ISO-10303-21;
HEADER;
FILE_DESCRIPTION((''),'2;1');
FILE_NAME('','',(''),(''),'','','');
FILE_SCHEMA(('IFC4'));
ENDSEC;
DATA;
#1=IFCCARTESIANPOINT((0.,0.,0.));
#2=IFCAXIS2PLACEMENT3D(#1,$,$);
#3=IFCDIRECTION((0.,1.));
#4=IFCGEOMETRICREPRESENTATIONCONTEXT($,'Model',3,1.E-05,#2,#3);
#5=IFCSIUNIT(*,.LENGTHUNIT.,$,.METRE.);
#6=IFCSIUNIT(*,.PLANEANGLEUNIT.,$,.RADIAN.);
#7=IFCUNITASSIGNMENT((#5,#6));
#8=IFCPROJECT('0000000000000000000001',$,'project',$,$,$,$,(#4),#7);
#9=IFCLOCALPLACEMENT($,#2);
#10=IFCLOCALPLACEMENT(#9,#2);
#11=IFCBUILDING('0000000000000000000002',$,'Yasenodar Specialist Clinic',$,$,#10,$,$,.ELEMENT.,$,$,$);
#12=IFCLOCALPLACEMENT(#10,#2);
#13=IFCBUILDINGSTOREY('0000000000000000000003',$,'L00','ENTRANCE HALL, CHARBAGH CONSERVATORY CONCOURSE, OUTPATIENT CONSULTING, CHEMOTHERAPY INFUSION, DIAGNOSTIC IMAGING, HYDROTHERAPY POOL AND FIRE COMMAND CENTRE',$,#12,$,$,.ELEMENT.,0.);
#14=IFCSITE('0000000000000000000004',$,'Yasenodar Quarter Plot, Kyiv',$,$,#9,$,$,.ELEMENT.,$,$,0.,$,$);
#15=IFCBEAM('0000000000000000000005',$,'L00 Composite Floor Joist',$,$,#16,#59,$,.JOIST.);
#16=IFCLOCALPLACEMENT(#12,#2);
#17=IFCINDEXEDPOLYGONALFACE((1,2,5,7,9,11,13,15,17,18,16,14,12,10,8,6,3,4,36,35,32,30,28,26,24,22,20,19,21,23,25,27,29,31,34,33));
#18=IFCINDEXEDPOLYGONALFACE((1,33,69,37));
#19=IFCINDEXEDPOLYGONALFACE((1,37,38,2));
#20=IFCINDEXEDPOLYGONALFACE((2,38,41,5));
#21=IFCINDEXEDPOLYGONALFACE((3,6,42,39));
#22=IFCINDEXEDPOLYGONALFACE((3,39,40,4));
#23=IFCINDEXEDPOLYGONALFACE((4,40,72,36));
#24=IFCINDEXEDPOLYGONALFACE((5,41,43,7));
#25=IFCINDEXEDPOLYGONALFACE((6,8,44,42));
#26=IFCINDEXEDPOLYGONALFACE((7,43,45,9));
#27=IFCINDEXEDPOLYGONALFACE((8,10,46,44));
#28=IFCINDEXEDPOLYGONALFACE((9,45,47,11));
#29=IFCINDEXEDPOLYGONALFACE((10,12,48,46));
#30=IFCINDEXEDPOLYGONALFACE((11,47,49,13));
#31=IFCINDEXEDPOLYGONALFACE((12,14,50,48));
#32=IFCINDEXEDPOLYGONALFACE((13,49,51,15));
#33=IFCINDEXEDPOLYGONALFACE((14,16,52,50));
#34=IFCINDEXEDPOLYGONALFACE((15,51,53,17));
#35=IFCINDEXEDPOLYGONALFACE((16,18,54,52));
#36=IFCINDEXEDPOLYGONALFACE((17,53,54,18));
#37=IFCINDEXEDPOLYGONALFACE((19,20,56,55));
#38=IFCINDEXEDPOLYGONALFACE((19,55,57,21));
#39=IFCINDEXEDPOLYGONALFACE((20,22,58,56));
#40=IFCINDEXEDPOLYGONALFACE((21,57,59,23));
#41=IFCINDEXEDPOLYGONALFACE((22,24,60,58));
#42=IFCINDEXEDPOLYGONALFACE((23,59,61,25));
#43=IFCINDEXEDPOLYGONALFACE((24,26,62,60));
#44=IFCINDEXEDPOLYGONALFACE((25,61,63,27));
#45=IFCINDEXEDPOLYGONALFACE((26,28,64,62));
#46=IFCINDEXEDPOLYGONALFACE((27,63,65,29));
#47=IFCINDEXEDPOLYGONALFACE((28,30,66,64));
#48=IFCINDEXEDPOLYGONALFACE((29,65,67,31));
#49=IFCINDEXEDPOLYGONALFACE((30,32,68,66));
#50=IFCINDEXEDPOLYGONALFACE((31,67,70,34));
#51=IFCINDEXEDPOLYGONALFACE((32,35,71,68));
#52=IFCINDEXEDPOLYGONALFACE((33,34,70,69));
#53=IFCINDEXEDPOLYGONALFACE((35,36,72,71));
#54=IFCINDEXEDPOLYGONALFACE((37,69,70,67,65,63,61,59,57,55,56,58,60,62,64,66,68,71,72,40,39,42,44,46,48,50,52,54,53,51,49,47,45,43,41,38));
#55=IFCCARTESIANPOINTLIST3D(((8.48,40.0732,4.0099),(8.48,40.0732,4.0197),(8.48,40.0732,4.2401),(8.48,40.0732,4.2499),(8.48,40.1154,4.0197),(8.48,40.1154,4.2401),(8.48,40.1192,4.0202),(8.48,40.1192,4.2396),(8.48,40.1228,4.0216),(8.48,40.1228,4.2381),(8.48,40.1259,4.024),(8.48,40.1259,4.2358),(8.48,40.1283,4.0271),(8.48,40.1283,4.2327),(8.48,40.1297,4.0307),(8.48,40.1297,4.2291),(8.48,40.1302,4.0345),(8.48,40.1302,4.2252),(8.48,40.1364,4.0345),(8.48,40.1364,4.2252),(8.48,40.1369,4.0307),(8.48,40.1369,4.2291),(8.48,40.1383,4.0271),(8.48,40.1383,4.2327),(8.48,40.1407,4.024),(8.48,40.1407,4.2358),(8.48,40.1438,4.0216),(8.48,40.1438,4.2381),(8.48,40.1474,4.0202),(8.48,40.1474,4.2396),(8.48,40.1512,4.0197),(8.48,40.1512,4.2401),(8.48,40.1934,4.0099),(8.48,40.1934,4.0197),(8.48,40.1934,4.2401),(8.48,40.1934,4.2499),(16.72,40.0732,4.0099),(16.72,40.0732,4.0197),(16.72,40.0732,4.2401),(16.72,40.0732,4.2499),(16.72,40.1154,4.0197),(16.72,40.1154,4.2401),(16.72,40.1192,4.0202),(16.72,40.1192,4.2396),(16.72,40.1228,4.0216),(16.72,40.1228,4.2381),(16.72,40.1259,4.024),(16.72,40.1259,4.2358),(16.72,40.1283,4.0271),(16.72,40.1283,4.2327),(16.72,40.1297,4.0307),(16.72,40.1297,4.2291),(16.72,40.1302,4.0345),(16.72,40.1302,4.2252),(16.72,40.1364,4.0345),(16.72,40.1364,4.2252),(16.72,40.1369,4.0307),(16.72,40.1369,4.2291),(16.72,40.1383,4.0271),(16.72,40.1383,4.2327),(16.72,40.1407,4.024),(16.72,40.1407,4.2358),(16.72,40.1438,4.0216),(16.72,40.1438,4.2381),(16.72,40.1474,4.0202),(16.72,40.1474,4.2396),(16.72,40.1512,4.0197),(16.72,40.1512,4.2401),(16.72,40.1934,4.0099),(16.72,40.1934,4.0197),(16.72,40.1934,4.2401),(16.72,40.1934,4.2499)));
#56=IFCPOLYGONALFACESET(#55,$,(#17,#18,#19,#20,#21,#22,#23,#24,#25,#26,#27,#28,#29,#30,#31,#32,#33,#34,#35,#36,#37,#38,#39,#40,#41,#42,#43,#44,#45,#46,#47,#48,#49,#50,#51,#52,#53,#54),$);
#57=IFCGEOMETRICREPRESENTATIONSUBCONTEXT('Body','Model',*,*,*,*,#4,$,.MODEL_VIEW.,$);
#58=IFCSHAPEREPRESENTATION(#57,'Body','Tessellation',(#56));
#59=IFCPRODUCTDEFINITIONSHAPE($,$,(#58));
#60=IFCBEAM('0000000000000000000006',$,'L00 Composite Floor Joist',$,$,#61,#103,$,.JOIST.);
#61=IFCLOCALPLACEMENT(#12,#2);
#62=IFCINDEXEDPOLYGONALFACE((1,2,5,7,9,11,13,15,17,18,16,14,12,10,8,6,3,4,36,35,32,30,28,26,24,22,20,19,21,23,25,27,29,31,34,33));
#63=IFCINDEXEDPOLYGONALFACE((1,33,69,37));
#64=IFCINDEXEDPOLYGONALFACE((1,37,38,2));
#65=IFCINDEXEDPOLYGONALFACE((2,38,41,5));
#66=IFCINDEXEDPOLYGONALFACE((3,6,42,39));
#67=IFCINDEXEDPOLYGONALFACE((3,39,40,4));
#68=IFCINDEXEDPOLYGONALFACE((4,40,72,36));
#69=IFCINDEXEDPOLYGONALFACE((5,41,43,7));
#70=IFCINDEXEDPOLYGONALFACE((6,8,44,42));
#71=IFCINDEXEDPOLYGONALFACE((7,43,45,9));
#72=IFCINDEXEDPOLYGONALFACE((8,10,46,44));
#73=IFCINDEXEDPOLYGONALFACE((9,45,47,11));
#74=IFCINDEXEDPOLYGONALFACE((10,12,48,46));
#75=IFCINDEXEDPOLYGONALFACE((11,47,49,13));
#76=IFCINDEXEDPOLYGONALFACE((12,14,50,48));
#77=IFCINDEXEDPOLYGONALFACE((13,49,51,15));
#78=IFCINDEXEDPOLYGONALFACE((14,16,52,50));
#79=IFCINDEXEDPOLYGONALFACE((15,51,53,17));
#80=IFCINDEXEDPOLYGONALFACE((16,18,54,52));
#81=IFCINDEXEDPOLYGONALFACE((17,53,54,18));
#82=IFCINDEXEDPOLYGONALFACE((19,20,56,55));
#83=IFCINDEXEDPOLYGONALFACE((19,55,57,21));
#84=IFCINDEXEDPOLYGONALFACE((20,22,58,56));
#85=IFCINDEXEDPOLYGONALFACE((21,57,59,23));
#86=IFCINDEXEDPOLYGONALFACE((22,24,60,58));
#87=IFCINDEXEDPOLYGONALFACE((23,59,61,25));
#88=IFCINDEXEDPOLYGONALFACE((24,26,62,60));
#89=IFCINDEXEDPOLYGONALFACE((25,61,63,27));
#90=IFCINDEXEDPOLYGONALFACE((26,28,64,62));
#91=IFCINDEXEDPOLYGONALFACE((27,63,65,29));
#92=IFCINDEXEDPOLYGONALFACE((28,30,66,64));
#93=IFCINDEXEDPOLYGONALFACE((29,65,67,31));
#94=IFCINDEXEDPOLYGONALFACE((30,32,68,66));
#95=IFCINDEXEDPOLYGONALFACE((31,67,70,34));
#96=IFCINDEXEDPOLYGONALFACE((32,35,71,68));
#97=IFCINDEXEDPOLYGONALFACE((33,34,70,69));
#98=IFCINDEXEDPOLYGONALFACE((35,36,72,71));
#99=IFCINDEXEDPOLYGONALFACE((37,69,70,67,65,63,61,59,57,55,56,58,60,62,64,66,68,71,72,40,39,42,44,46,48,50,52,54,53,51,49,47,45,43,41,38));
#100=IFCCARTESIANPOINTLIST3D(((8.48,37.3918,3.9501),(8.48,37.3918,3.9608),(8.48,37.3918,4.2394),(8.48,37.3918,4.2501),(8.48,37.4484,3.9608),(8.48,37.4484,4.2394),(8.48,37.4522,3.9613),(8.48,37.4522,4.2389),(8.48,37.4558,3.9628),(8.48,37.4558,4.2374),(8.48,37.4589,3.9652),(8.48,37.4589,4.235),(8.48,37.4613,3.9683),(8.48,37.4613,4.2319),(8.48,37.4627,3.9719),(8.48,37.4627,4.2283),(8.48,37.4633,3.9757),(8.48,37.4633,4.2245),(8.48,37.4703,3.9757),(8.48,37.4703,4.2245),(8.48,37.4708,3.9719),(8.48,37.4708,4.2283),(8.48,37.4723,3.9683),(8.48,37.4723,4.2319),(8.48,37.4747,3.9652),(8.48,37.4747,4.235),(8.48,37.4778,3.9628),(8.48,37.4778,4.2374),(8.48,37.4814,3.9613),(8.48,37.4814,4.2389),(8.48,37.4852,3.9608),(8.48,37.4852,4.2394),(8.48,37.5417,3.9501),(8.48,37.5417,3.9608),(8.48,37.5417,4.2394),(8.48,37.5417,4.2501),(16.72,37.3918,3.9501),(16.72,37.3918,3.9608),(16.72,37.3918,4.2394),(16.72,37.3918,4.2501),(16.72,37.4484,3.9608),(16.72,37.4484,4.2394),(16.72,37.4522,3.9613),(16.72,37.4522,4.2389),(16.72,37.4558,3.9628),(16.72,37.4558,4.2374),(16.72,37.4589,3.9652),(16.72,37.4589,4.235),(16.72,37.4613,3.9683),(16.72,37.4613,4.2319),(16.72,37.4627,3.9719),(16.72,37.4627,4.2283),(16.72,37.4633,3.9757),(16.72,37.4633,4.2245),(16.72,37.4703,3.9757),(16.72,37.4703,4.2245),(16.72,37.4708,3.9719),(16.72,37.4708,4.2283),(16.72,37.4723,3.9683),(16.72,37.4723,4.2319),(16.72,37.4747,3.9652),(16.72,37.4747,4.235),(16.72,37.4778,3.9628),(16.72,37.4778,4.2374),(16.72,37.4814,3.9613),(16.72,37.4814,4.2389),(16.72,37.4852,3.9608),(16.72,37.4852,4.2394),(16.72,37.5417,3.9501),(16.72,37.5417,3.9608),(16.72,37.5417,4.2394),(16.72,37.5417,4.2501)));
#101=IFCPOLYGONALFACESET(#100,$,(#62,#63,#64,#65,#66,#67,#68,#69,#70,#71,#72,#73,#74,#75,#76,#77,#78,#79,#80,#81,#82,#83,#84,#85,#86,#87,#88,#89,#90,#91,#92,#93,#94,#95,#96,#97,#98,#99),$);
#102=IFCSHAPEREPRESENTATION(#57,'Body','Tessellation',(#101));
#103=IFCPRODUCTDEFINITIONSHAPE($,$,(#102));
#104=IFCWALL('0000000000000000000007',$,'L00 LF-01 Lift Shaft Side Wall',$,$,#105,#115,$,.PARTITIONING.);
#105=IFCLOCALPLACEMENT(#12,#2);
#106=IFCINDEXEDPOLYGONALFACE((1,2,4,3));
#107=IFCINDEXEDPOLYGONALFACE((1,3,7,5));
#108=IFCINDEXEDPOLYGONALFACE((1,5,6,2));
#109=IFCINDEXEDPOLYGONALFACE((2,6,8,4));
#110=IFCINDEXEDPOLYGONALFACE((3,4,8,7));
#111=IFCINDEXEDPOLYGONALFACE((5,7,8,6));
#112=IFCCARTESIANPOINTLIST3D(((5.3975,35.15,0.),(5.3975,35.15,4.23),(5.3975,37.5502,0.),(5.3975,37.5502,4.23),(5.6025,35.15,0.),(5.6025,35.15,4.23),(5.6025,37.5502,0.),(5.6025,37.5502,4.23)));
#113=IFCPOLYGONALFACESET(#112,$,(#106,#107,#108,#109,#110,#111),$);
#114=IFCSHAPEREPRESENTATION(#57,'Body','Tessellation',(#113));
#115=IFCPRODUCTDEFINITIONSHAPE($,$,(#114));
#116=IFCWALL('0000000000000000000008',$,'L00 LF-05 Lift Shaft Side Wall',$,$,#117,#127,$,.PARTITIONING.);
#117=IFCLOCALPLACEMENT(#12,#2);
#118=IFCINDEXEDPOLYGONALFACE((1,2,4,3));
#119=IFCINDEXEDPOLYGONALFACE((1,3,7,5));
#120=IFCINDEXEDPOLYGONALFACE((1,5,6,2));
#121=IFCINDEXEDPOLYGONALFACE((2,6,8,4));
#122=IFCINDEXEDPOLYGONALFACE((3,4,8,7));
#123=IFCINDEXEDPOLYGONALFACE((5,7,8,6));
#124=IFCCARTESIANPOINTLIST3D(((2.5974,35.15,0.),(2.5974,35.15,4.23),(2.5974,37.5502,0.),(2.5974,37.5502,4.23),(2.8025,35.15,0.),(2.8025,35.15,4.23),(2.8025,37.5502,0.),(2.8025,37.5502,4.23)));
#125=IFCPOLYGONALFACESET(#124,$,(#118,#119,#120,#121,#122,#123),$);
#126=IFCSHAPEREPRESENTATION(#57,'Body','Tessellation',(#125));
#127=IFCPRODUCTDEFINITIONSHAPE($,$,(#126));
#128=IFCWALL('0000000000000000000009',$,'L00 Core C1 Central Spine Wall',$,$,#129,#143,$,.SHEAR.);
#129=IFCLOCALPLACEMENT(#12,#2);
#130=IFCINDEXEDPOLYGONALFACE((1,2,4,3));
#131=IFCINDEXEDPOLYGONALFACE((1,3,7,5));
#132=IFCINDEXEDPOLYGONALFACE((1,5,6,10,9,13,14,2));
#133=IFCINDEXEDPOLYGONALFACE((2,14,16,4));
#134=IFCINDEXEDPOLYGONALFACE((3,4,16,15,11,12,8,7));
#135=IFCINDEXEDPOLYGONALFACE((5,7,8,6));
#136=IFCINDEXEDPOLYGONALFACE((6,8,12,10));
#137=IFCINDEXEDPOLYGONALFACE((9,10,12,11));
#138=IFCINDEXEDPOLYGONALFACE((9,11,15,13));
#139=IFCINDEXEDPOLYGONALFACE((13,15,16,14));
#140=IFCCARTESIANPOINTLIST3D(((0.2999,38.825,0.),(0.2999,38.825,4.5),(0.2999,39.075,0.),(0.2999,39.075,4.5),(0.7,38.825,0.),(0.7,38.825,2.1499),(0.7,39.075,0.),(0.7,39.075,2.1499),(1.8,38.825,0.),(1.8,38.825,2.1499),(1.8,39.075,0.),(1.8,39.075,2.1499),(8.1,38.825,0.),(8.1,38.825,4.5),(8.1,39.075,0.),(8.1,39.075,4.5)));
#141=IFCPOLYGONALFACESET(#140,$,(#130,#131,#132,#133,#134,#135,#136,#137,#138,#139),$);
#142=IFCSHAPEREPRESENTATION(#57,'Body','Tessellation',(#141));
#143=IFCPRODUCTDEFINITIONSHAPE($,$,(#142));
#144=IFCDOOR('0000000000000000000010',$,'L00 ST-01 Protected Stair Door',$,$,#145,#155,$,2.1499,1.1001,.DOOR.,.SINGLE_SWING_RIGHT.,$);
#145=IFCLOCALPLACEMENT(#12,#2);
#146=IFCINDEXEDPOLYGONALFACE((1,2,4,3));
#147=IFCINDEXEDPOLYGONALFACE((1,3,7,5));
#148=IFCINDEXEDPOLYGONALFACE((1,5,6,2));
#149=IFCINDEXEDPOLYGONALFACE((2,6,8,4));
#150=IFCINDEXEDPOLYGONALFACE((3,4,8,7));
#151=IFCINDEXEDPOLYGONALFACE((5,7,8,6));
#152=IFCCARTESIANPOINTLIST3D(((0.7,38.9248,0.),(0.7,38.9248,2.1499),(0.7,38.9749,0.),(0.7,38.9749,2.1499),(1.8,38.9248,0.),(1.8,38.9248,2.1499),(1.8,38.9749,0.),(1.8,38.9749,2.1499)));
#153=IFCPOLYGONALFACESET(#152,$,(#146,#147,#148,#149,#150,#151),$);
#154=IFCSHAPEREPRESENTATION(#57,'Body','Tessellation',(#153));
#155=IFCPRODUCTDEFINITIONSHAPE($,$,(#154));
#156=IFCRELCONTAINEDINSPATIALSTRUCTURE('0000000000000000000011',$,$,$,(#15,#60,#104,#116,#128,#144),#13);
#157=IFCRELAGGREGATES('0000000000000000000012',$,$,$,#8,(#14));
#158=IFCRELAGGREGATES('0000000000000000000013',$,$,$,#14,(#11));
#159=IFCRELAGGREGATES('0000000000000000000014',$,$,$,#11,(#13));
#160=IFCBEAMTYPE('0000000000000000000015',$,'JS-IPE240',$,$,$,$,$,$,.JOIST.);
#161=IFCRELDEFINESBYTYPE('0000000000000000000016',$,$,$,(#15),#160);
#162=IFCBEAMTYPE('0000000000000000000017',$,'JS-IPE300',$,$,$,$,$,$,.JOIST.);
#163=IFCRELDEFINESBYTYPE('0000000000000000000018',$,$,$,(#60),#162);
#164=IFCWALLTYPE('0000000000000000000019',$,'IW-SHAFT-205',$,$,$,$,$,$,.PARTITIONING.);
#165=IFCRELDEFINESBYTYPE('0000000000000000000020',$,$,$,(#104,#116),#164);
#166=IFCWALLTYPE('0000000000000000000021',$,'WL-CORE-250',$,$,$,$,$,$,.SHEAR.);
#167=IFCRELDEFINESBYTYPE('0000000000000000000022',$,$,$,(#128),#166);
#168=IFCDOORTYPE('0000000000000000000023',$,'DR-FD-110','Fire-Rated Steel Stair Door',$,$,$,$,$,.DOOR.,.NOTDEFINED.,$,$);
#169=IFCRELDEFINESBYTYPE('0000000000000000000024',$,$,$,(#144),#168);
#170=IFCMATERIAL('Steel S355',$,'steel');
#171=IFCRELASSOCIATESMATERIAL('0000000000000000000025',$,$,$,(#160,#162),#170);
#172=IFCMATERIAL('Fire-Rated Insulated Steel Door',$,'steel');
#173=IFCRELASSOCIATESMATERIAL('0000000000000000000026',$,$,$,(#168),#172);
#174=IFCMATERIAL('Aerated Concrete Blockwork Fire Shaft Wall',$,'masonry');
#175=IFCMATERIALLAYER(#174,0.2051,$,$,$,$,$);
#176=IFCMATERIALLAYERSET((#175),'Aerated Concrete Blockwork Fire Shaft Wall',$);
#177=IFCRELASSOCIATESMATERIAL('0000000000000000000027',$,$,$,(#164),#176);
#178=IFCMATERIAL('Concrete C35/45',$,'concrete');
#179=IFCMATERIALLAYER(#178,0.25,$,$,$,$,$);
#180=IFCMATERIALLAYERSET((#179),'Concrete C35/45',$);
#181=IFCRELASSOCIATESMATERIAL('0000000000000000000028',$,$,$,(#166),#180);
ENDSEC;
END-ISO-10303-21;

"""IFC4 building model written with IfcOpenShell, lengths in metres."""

from ifc_helpers import new_model, si_unit, direction, frame, frame_2d, origin, origin_2d, place, context, subcontext, project, spatial, rectangle, i_section, extrude, material, layer, layer_set, material_profile, profile_set, type_object, element, fill, save


model = new_model("IFC4")

# Units and contexts
model_context = context("Model", 3, precision=1e-05, world=origin(), true_north=direction((0.0, 1.0)))
body_context = subcontext(model_context, "Body", "Model", "MODEL_VIEW")
ifc_project = project(units=[si_unit("LENGTHUNIT", "METRE"), si_unit("PLANEANGLEUNIT", "RADIAN")], contexts=[model_context])

# Site, building, storey
site_placement = place(None, origin())
site = spatial("IfcSite", under=ifc_project, at=site_placement, Name="Yasenodar Quarter Plot, Kyiv", CompositionType="ELEMENT", RefElevation=0.0)
building_placement = place(site_placement, origin())
building = spatial("IfcBuilding", under=site, at=building_placement, Name="Yasenodar Specialist Clinic", CompositionType="ELEMENT")
storey_placement = place(building_placement, origin())
storey = spatial("IfcBuildingStorey", under=building, at=storey_placement, Name="L00", Description="ENTRANCE HALL, CHARBAGH CONSERVATORY CONCOURSE, OUTPATIENT CONSULTING, CHEMOTHERAPY INFUSION, DIAGNOSTIC IMAGING, HYDROTHERAPY POOL AND FIRE COMMAND CENTRE", CompositionType="ELEMENT", Elevation=0.0)

# Shared definitions
ifc_material_1 = material(Name="Concrete C35/45", Category="concrete")

# Shared definitions
ifc_material_2 = material(Name="Steel S355", Category="steel")

# Beams
ifc_material_profile_1 = material_profile(ifc_material_2, i_section(OverallWidth=0.1201, OverallDepth=0.24, WebThickness=0.0061, FlangeThickness=0.0098, FilletRadius=0.0149, at=origin_2d()), Name="IPE 240")
ifc_profile_set_1 = profile_set([ifc_material_profile_1], Name="Steel S355")
beam_type_1 = type_object("IfcBeamType", Name="JS-IPE240", PredefinedType="JOIST", material=ifc_profile_set_1)
beam_1_placement = place(storey_placement, frame((8.48, 40.1333, 4.1299), z_axis=(1.0, 0.0, 0.0), x_axis=(0.0, 1.0, 0.0)))
element("IfcBeam", 1, at=beam_1_placement, inside=storey, type_object=beam_type_1, Name="L00 Composite Floor Joist", PredefinedType="JOIST", context=body_context, shape_type="SweptSolid", body=[
    extrude(i_section(OverallWidth=0.1201, OverallDepth=0.24, WebThickness=0.0061, FlangeThickness=0.0098, FilletRadius=0.0149, at=origin_2d()), origin(), (0.0, 0.0, 1.0), 8.24),
])
ifc_material_profile_2 = material_profile(ifc_material_2, i_section(OverallWidth=0.1499, OverallDepth=0.3, WebThickness=0.0071, FlangeThickness=0.0107, FilletRadius=0.0149, at=origin_2d()), Name="IPE 300")
ifc_profile_set_2 = profile_set([ifc_material_profile_2], Name="Steel S355")
beam_type_2 = type_object("IfcBeamType", Name="JS-IPE300", PredefinedType="JOIST", material=ifc_profile_set_2)
beam_2_placement = place(storey_placement, frame((8.48, 37.4668, 4.1001), z_axis=(1.0, 0.0, 0.0), x_axis=(0.0, 1.0, 0.0)))
element("IfcBeam", 2, at=beam_2_placement, inside=storey, type_object=beam_type_2, Name="L00 Composite Floor Joist", PredefinedType="JOIST", context=body_context, shape_type="SweptSolid", body=[
    extrude(i_section(OverallWidth=0.1499, OverallDepth=0.3, WebThickness=0.0071, FlangeThickness=0.0107, FilletRadius=0.0149, at=origin_2d()), origin(), (0.0, 0.0, 1.0), 8.24),
])

# Shared definitions
ifc_material_3 = material(Name="Fire-Rated Insulated Steel Door", Category="steel")
door_type_1 = type_object("IfcDoorType", Name="DR-FD-110", Description="Fire-Rated Steel Stair Door", OperationType="NOTDEFINED", PredefinedType="DOOR", material=ifc_material_3)

# Walls
ifc_material_4 = material(Name="Aerated Concrete Blockwork Fire Shaft Wall", Category="masonry")
ifc_layer_1 = layer(ifc_material_4, 0.2051)
ifc_layer_set_1 = layer_set([ifc_layer_1], Name="Aerated Concrete Blockwork Fire Shaft Wall")
wall_type_1 = type_object("IfcWallType", Name="IW-SHAFT-205", PredefinedType="PARTITIONING", material=ifc_layer_set_1)
for number, where, z_axis, x_axis, name in (
    (3, (5.5, 35.1499, 0.0), (0.0, 0.0, 1.0), (0.0, 1.0, 0.0), "L00 LF-01 Lift Shaft Side Wall"),
    (4, (2.7, 35.1499, 0.0), (0.0, 0.0, 1.0), (0.0, 1.0, 0.0), "L00 LF-05 Lift Shaft Side Wall"),
):
    element("IfcWall", number, at=place(storey_placement, frame(where, z_axis=z_axis, x_axis=x_axis)), inside=storey, type_object=wall_type_1, Name=name, PredefinedType="PARTITIONING", context=body_context, shape_type="SweptSolid", body=[
        extrude(rectangle(XDim=2.4001, YDim=0.2051, at=frame_2d((1.2002, 0.0))), origin(), (0.0, 0.0, 1.0), 4.23),
    ])

# Wall, opening, door
ifc_layer_2 = layer(ifc_material_1, 0.25)
ifc_layer_set_2 = layer_set([ifc_layer_2], Name="Concrete C35/45")
wall_type_2 = type_object("IfcWallType", Name="WL-CORE-250", PredefinedType="SHEAR", material=ifc_layer_set_2)
wall_1_placement = place(storey_placement, frame((0.3, 38.95, 0.0), z_axis=(0.0, 0.0, 1.0), x_axis=(1.0, 0.0, 0.0)))
wall_1 = element("IfcWall", 5, at=wall_1_placement, inside=storey, type_object=wall_type_2, Name="L00 Core C1 Central Spine Wall", PredefinedType="SHEAR", context=body_context, shape_type="SweptSolid", body=[
    extrude(rectangle(XDim=7.8, YDim=0.25, at=frame_2d((3.8999, 0.0))), origin(), (0.0, 0.0, 1.0), 4.5),
])
opening_1_placement = place(wall_1_placement, frame((0.3999, 0.0, 0.0)))
opening_1 = element("IfcOpeningElement", 6, at=opening_1_placement, cuts=wall_1, PredefinedType="OPENING", context=body_context, shape_type="SweptSolid", body=[
    extrude(rectangle(XDim=1.1001, YDim=2.1499, at=frame_2d((0.55, 1.075))), frame((0.0, 0.135, 0.0), z_axis=(0.0, -1.0, 0.0), x_axis=(1.0, 0.0, 0.0)), (0.0, 0.0, 1.0), 0.27),
])
door_1_placement = place(opening_1_placement, origin())
door_1 = element("IfcDoor", 7, at=door_1_placement, inside=storey, type_object=door_type_1, Name="L00 ST-01 Protected Stair Door", OperationType="SINGLE_SWING_RIGHT", OverallHeight=2.1499, OverallWidth=1.1001, PredefinedType="DOOR", context=body_context, shape_type="SweptSolid", body=[
    extrude(rectangle(XDim=1.1001, YDim=2.1499, at=frame_2d((0.55, 1.075))), frame((0.0, 0.0249, 0.0), z_axis=(0.0, -1.0, 0.0), x_axis=(1.0, 0.0, 0.0)), (0.0, 0.0, 1.0), 0.05),
])
fill(opening_1, door_1)

save(model, "model.ifc")
